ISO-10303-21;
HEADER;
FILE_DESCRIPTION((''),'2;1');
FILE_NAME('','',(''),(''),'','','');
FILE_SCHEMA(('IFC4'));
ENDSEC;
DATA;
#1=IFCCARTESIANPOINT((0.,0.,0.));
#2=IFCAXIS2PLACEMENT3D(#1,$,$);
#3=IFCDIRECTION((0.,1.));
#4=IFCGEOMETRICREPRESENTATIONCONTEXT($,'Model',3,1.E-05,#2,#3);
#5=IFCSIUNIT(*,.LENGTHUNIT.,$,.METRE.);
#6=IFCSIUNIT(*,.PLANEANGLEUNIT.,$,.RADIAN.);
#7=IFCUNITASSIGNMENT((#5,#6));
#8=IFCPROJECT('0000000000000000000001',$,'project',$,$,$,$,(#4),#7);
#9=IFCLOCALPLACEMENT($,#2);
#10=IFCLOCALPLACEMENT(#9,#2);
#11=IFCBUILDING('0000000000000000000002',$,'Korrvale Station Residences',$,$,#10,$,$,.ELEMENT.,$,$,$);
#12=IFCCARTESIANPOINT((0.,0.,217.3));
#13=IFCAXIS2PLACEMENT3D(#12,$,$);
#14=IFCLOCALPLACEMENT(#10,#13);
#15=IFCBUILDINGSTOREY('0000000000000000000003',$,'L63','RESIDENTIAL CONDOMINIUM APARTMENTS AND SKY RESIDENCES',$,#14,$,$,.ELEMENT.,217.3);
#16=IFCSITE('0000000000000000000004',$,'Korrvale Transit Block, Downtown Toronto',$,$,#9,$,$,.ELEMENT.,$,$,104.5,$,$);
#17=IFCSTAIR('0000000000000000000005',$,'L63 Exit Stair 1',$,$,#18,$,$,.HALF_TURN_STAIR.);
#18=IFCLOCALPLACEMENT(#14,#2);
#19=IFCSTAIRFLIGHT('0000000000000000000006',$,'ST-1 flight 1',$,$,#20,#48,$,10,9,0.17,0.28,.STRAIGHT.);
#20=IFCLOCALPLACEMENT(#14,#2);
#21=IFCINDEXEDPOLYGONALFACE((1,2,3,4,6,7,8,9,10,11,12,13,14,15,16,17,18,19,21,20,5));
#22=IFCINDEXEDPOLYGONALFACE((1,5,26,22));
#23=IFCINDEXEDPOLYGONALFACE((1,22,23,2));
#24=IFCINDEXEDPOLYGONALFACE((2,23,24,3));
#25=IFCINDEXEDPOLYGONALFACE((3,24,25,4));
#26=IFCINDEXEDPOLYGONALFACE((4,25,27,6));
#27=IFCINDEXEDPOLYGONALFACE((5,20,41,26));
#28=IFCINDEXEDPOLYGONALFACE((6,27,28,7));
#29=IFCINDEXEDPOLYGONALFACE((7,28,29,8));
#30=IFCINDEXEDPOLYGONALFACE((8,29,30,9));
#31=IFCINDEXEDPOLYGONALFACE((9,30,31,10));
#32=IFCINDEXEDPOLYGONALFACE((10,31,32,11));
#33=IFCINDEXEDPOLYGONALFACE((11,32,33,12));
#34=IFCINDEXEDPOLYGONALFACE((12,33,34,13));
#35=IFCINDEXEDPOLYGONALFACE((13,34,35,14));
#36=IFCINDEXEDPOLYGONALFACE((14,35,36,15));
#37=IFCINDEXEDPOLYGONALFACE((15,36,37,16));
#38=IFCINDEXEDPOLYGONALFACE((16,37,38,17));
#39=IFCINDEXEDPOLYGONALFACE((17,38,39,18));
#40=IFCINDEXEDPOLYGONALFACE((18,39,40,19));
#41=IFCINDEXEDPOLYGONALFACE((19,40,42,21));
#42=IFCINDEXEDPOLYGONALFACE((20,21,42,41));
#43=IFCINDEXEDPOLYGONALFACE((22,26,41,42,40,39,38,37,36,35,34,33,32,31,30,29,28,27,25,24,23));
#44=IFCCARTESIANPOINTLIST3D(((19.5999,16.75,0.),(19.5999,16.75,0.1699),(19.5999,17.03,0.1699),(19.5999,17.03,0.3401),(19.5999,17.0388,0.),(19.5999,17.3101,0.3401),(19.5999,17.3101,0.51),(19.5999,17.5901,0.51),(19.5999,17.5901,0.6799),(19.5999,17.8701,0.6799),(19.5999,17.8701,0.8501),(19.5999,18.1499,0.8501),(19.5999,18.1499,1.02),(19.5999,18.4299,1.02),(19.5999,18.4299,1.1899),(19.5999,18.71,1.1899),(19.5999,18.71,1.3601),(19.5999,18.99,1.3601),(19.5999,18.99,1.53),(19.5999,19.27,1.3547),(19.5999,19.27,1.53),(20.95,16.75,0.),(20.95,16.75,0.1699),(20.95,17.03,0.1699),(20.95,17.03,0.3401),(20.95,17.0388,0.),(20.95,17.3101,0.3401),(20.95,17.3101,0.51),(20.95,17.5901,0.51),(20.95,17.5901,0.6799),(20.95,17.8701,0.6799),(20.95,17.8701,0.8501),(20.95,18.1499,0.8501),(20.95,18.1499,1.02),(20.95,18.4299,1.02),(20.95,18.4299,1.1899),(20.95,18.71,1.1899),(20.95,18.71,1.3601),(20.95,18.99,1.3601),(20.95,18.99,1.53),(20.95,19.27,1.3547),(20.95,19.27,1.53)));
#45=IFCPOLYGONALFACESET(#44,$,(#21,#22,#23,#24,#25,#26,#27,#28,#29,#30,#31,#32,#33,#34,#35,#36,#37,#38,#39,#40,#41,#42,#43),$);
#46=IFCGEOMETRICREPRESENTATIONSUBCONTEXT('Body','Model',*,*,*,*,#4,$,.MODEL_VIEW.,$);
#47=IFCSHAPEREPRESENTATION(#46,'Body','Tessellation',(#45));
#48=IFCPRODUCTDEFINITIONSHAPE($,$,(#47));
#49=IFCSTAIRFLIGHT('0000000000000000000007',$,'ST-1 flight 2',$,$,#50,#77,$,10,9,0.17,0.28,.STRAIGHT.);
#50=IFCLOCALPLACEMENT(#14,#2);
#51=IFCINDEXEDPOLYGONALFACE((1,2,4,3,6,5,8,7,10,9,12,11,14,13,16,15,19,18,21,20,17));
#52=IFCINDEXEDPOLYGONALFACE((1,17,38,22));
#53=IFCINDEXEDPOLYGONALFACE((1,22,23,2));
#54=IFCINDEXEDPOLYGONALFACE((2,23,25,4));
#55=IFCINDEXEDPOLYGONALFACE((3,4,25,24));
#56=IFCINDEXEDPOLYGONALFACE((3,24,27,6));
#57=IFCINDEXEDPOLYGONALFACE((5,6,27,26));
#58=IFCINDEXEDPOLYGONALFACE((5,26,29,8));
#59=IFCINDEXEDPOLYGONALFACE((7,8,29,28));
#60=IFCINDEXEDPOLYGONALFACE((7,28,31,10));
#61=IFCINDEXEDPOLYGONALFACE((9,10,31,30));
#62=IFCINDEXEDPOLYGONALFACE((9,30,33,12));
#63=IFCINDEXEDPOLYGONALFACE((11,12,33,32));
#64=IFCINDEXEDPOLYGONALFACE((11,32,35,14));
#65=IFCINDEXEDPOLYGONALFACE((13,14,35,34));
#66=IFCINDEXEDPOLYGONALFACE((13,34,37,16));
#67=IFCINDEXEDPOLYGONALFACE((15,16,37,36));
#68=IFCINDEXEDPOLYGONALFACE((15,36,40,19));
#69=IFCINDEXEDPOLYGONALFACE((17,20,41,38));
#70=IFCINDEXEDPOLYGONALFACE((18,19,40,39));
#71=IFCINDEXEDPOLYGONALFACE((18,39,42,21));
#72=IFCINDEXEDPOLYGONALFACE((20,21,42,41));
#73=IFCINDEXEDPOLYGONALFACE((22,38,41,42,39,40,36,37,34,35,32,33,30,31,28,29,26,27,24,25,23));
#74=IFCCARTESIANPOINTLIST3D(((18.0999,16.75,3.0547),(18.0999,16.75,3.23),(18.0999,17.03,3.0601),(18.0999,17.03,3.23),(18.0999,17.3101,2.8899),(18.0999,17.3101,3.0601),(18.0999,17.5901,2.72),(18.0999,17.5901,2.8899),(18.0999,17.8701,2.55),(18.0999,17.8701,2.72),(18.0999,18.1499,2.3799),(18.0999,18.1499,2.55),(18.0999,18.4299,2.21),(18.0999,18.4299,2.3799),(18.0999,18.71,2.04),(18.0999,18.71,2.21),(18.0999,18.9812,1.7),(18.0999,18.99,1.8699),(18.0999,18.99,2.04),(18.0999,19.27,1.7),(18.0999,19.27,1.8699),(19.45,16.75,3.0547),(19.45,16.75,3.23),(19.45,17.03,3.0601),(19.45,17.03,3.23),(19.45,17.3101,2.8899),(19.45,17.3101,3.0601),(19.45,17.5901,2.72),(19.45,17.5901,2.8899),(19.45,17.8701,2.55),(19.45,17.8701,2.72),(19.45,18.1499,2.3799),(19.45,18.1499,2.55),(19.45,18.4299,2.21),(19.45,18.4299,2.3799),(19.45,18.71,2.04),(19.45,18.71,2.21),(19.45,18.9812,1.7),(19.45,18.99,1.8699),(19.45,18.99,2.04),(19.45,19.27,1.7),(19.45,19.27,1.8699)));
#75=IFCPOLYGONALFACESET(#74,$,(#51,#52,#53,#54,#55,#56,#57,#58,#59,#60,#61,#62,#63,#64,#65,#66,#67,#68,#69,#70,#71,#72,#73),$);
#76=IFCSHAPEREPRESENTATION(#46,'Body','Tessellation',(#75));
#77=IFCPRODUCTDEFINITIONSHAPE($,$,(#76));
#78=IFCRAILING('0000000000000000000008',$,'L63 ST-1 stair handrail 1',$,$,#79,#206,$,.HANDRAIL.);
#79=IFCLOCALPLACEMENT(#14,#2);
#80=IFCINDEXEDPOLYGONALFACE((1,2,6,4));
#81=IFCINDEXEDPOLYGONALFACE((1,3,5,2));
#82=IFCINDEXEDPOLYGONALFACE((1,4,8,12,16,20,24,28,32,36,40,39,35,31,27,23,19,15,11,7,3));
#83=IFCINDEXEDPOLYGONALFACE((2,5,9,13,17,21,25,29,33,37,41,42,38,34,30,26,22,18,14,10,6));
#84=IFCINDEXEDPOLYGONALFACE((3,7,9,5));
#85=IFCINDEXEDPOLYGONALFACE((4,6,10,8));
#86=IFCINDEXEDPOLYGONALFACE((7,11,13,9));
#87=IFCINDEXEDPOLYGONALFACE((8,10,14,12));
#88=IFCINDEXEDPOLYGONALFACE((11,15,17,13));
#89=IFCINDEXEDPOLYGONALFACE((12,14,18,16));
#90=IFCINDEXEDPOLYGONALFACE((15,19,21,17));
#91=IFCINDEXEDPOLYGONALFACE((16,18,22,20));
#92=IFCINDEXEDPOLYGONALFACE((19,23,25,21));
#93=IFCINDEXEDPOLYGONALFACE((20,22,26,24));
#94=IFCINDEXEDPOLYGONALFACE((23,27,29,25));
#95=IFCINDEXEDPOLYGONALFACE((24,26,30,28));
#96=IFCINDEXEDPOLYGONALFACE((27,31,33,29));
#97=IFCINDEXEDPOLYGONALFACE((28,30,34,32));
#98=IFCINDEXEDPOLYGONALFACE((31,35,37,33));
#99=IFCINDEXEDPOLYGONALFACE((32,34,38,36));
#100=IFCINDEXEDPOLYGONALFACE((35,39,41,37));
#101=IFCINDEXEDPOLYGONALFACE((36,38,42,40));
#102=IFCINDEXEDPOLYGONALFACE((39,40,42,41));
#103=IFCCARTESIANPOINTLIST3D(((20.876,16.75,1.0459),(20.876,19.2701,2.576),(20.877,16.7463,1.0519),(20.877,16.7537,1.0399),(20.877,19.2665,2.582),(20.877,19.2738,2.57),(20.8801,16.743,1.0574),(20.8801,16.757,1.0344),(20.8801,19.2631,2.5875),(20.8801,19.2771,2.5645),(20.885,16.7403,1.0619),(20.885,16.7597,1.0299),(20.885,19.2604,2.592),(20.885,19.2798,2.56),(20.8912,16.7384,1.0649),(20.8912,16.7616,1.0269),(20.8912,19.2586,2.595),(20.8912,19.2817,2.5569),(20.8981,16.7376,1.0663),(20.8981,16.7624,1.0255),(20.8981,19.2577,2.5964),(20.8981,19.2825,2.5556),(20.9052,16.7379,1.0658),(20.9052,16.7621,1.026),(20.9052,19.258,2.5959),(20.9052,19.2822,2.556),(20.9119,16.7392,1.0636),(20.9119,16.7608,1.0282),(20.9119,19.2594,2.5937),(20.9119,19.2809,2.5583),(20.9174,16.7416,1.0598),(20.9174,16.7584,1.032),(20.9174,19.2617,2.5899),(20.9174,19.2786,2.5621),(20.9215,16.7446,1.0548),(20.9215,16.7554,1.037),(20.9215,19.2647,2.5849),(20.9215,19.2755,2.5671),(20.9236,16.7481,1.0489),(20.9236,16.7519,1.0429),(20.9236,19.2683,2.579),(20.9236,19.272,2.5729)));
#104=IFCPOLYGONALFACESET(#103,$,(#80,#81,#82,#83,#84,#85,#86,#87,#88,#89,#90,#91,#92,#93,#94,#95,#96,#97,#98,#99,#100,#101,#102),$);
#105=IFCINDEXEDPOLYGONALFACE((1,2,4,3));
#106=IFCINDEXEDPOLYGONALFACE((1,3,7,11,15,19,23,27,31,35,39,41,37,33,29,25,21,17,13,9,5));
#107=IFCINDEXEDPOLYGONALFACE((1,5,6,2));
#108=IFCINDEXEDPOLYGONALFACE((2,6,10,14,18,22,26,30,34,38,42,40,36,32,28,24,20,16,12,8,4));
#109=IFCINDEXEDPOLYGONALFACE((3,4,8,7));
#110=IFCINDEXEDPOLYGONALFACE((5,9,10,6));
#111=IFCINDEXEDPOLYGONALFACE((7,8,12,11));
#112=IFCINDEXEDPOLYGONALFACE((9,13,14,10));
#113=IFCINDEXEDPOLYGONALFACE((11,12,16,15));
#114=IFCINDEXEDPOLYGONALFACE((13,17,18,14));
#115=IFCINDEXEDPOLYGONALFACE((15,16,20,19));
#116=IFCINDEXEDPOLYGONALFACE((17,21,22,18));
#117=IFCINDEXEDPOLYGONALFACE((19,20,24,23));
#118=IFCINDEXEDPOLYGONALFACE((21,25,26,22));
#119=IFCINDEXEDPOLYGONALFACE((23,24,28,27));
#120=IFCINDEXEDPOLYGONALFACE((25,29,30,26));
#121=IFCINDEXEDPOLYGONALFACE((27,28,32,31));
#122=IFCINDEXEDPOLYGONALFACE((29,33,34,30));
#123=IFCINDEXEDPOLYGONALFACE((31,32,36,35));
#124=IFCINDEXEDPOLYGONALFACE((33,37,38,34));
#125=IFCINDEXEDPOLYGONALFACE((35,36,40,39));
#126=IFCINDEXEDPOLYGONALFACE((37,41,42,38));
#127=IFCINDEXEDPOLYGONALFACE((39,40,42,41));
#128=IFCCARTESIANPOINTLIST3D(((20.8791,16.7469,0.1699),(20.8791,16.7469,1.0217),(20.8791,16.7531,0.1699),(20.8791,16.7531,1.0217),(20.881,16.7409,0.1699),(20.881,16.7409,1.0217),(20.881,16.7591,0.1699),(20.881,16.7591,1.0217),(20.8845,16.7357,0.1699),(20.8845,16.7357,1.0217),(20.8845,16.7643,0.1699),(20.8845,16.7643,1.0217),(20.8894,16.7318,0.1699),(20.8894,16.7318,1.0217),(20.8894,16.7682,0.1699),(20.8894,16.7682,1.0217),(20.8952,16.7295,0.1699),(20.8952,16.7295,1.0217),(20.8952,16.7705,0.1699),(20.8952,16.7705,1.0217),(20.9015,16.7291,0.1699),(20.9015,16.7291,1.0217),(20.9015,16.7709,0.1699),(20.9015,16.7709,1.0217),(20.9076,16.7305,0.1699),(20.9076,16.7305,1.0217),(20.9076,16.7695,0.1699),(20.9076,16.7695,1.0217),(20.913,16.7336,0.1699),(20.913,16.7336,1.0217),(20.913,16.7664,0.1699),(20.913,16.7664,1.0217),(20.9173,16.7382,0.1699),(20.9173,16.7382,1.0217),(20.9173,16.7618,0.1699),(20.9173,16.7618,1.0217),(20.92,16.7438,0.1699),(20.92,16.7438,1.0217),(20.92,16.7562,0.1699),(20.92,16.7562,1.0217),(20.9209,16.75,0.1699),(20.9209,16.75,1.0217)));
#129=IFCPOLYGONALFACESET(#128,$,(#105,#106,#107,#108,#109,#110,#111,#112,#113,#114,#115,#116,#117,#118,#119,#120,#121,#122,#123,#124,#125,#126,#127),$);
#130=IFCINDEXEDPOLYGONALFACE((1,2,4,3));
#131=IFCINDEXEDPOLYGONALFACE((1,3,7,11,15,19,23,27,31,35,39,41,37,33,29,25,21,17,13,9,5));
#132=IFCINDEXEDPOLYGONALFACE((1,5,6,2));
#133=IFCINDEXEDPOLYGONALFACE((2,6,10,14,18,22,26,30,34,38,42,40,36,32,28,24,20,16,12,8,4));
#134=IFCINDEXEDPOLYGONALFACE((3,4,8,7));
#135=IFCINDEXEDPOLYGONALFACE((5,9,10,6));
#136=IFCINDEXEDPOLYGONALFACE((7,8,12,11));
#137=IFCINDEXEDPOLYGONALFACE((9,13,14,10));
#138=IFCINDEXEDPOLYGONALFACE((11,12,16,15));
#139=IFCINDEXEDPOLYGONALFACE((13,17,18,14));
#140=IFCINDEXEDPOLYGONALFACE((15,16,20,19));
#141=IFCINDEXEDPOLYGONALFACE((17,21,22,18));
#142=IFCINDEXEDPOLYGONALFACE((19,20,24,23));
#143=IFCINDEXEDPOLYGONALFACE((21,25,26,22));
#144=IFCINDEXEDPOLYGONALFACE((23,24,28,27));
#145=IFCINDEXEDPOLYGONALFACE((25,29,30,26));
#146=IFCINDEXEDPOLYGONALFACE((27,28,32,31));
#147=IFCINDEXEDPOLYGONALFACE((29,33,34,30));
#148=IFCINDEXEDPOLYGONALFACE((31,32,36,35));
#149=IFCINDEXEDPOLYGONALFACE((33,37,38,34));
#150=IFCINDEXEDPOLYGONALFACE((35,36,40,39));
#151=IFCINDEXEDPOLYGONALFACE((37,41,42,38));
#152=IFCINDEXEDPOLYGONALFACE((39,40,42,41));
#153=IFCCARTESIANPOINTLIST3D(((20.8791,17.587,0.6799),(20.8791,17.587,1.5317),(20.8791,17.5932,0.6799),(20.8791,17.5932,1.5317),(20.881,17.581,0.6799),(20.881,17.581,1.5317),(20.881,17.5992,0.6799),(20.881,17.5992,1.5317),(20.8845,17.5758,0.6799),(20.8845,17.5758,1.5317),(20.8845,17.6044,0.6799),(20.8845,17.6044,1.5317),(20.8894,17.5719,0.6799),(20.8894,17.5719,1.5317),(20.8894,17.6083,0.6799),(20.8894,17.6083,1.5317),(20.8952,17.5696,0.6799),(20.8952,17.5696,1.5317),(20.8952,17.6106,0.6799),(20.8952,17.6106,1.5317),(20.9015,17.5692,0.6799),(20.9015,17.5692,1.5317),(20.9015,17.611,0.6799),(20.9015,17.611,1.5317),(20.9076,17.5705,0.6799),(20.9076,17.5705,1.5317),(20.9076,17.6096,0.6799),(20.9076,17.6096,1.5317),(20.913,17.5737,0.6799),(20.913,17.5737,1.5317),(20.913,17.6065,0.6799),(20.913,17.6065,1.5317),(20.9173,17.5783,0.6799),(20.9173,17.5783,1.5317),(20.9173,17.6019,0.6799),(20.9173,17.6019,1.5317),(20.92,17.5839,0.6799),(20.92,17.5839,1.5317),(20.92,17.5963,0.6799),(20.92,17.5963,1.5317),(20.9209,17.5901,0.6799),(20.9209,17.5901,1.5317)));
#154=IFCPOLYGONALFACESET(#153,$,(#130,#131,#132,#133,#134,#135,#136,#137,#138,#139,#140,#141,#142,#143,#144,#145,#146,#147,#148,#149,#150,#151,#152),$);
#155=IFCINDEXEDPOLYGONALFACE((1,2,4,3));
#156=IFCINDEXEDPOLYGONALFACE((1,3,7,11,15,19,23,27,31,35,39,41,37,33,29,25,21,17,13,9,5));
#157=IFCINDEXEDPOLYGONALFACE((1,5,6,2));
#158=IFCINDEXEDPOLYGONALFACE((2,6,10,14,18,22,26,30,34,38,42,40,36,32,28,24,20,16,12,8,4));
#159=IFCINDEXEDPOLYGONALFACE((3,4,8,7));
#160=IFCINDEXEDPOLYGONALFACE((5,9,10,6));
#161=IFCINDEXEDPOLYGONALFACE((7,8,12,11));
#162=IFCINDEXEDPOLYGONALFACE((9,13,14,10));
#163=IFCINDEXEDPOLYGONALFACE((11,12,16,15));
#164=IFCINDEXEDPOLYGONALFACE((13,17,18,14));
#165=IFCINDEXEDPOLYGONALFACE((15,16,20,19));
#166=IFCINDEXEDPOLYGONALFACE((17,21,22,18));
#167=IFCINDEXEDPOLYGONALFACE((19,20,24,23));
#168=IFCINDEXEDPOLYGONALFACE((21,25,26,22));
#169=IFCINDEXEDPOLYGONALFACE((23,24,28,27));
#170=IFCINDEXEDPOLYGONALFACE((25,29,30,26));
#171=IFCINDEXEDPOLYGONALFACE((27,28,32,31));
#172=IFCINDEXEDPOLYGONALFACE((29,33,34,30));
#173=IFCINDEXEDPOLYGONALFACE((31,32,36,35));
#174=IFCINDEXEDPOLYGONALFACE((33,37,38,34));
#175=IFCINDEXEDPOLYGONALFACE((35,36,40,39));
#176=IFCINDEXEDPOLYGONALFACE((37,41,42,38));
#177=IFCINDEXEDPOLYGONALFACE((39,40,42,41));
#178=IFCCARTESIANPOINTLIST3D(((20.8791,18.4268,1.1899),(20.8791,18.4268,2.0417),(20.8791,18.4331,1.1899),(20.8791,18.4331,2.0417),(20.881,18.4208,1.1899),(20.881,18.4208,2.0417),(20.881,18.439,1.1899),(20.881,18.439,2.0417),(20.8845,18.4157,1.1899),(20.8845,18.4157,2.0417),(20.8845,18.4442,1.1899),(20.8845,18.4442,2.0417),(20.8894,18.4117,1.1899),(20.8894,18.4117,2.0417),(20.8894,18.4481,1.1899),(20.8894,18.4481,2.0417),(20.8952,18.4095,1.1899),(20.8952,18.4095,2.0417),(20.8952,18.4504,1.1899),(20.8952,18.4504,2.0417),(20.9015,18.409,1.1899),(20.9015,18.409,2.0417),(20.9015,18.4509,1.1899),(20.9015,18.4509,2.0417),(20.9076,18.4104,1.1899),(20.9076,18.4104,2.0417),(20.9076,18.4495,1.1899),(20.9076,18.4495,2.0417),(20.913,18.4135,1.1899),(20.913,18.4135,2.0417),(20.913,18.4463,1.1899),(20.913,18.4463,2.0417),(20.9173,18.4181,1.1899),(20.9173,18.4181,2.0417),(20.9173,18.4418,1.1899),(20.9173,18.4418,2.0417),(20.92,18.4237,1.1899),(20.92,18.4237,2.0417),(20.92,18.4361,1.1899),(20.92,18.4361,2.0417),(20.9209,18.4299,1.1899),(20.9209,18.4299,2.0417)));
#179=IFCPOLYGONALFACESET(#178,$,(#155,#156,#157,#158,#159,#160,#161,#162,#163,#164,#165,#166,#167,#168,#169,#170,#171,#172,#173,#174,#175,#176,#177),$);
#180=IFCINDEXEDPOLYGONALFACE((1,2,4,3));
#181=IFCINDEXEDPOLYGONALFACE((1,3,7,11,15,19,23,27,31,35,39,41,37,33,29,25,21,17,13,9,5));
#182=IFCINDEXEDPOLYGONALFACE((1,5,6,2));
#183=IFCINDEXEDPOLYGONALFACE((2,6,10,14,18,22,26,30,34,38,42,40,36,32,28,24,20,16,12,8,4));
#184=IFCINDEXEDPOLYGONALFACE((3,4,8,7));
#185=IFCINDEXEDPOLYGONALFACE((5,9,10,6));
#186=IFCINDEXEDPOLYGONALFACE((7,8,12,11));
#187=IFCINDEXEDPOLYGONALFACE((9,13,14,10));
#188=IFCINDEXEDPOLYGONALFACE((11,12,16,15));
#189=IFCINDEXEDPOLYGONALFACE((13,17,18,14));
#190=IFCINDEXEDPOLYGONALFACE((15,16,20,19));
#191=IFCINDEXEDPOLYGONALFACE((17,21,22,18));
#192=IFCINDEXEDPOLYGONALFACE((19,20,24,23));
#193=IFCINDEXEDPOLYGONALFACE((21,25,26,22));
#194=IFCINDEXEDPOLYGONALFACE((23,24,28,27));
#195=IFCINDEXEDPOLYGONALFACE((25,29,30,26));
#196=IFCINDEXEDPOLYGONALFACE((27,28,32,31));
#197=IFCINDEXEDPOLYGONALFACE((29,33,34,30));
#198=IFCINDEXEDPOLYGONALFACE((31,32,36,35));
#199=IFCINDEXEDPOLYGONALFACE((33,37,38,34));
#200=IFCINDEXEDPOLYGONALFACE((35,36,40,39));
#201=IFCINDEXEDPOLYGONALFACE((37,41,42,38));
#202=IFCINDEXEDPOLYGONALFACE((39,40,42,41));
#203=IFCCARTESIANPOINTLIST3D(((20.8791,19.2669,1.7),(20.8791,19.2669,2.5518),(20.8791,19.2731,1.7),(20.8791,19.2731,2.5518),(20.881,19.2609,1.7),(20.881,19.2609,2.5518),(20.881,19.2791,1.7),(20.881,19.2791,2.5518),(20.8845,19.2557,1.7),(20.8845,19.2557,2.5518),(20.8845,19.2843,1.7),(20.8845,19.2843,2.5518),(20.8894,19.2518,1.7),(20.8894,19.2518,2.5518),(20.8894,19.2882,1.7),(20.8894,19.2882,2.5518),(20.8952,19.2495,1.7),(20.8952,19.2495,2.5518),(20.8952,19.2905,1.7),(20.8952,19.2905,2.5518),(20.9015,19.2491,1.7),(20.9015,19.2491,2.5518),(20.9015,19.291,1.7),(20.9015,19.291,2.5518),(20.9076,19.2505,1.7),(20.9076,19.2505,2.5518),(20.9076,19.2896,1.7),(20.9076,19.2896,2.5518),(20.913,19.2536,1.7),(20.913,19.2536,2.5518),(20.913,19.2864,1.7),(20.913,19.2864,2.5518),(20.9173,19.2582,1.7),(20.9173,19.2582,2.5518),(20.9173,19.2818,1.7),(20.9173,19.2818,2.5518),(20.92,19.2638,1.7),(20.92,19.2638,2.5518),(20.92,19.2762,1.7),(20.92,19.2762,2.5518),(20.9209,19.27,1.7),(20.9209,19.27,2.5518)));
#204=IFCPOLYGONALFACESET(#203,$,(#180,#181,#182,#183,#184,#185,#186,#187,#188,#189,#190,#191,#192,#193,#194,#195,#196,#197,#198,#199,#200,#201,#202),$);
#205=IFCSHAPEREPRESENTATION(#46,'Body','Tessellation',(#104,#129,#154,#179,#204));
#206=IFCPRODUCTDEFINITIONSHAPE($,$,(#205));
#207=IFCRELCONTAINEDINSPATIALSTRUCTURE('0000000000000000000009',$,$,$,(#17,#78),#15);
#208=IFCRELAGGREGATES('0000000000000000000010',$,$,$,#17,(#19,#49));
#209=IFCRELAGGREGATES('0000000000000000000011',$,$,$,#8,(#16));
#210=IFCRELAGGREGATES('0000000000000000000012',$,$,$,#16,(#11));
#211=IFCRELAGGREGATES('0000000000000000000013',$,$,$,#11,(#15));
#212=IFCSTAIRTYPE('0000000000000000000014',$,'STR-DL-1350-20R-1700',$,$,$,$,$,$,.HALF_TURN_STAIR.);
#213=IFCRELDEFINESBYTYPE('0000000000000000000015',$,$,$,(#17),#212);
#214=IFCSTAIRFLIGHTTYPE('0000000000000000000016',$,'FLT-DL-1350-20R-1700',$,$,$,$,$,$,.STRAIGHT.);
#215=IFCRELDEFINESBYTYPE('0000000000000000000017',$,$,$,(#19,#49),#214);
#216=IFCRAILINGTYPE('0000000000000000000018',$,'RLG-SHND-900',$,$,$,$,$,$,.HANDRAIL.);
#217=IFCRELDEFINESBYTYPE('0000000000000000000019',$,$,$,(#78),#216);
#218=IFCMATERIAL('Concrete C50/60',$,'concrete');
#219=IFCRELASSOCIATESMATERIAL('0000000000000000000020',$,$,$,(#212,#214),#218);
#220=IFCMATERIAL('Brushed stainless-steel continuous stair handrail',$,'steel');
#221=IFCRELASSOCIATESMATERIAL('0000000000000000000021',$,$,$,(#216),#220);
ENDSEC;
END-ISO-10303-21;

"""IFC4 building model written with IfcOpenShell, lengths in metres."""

from ifc_helpers import new_model, si_unit, direction, frame, origin, origin_2d, place, context, subcontext, project, spatial, polyline, circle, outline, extrude, material, type_object, element, aggregate, save


model = new_model("IFC4")

# Units and contexts
model_context = context("Model", 3, precision=1e-05, world=origin(), true_north=direction((0.0, 1.0)))
body_context = subcontext(model_context, "Body", "Model", "MODEL_VIEW")
ifc_project = project(units=[si_unit("LENGTHUNIT", "METRE"), si_unit("PLANEANGLEUNIT", "RADIAN")], contexts=[model_context])

# Site, building, storey
site_placement = place(None, origin())
site = spatial("IfcSite", under=ifc_project, at=site_placement, Name="Korrvale Transit Block, Downtown Toronto", CompositionType="ELEMENT", RefElevation=104.5)
building_placement = place(site_placement, origin())
building = spatial("IfcBuilding", under=site, at=building_placement, Name="Korrvale Station Residences", CompositionType="ELEMENT")
storey_placement = place(building_placement, frame((0.0, 0.0, 217.3)))
storey = spatial("IfcBuildingStorey", under=building, at=storey_placement, Name="L63", Description="RESIDENTIAL CONDOMINIUM APARTMENTS AND SKY RESIDENCES", CompositionType="ELEMENT", Elevation=217.3)

# Shared definitions
ifc_material_1 = material(Name="Concrete C50/60", Category="concrete")

# Stair, stair flights
stair_type = type_object("IfcStairType", Name="STR-DL-1350-20R-1700", PredefinedType="HALF_TURN_STAIR", material=ifc_material_1)
stair_placement = place(storey_placement, origin())
stair = element("IfcStair", 1, at=stair_placement, inside=storey, type_object=stair_type, Name="L63 Exit Stair 1", PredefinedType="HALF_TURN_STAIR")
stair_flight_type = type_object("IfcStairFlightType", Name="FLT-DL-1350-20R-1700", PredefinedType="STRAIGHT", material=ifc_material_1)
stair_flight_1_placement = place(storey_placement, frame((20.2749, 16.75, 0.0), z_axis=(0.0, 0.0, 1.0), x_axis=(0.0, 1.0, 0.0)))
stair_flight_1 = element("IfcStairFlight", 2, at=stair_flight_1_placement, type_object=stair_flight_type, Name="ST-1 flight 1", NumberOfRisers=10, NumberOfTreads=9, PredefinedType="STRAIGHT", RiserHeight=0.17, TreadLength=0.28, context=body_context, shape_type="SweptSolid", body=[
    extrude(outline(polyline([(0.0, 0.0), (0.0, 0.1699), (0.28, 0.1699), (0.28, 0.3401), (0.5601, 0.3401), (0.5601, 0.51), (0.8401, 0.51), (0.8401, 0.6799), (1.1201, 0.6799), (1.1201, 0.8501), (1.3999, 0.8501), (1.3999, 1.02), (1.6799, 1.02), (1.6799, 1.1899), (1.96, 1.1899), (1.96, 1.3601), (2.24, 1.3601), (2.24, 1.53), (2.52, 1.53), (2.52, 1.7), (2.52, 1.3547), (0.2888, 0.0), (0.0, 0.0)])), frame((0.0, 0.675, 0.0), z_axis=(0.0, -1.0, 0.0), x_axis=(1.0, 0.0, 0.0)), (0.0, 0.0, 1.0), 1.3501),
])
stair_flight_2_placement = place(storey_placement, frame((18.7749, 19.27, 1.7), z_axis=(0.0, 0.0, 1.0), x_axis=(0.0, -1.0, 0.0)))
stair_flight_2 = element("IfcStairFlight", 3, at=stair_flight_2_placement, type_object=stair_flight_type, Name="ST-1 flight 2", NumberOfRisers=10, NumberOfTreads=9, PredefinedType="STRAIGHT", RiserHeight=0.17, TreadLength=0.28, context=body_context, shape_type="SweptSolid", body=[
    extrude(outline(polyline([(0.0, 0.0), (0.0, 0.1699), (0.28, 0.1699), (0.28, 0.3401), (0.5601, 0.3401), (0.5601, 0.51), (0.8401, 0.51), (0.8401, 0.6799), (1.1201, 0.6799), (1.1201, 0.8501), (1.3999, 0.8501), (1.3999, 1.02), (1.6799, 1.02), (1.6799, 1.1899), (1.96, 1.1899), (1.96, 1.3601), (2.24, 1.3601), (2.24, 1.53), (2.52, 1.53), (2.52, 1.7), (2.52, 1.3547), (0.2888, 0.0), (0.0, 0.0)])), frame((0.0, 0.675, 0.0), z_axis=(0.0, -1.0, 0.0), x_axis=(1.0, 0.0, 0.0)), (0.0, 0.0, 1.0), 1.3501),
])
aggregate(stair, [stair_flight_1, stair_flight_2])

# Railing
ifc_material_2 = material(Name="Brushed stainless-steel continuous stair handrail", Category="steel")
railing_type_1 = type_object("IfcRailingType", Name="RLG-SHND-900", PredefinedType="HANDRAIL", material=ifc_material_2)
railing_1_placement = place(storey_placement, frame((20.8999, 16.75, 0.1699)))
element("IfcRailing", 4, at=railing_1_placement, inside=storey, type_object=railing_type_1, Name="L63 ST-1 stair handrail 1", PredefinedType="HANDRAIL", context=body_context, shape_type="SweptSolid", body=[
    extrude(circle(Radius=0.0239, at=origin_2d()), frame((0.0, 0.0, 0.876), z_axis=(0.0, 0.854785, 0.518982), x_axis=(-1.0, 0.0, 0.0)), (0.0, 0.0, 1.0), 2.9482),
    extrude(circle(Radius=0.021, at=origin_2d()), origin(), (0.0, 0.0, 1.0), 0.8518),
    extrude(circle(Radius=0.021, at=origin_2d()), frame((0.0, 0.8401, 0.51)), (0.0, 0.0, 1.0), 0.8518),
    extrude(circle(Radius=0.021, at=origin_2d()), frame((0.0, 1.6799, 1.02)), (0.0, 0.0, 1.0), 0.8518),
    extrude(circle(Radius=0.021, at=origin_2d()), frame((0.0, 2.52, 1.53)), (0.0, 0.0, 1.0), 0.8518),
])

save(model, "model.ifc")
